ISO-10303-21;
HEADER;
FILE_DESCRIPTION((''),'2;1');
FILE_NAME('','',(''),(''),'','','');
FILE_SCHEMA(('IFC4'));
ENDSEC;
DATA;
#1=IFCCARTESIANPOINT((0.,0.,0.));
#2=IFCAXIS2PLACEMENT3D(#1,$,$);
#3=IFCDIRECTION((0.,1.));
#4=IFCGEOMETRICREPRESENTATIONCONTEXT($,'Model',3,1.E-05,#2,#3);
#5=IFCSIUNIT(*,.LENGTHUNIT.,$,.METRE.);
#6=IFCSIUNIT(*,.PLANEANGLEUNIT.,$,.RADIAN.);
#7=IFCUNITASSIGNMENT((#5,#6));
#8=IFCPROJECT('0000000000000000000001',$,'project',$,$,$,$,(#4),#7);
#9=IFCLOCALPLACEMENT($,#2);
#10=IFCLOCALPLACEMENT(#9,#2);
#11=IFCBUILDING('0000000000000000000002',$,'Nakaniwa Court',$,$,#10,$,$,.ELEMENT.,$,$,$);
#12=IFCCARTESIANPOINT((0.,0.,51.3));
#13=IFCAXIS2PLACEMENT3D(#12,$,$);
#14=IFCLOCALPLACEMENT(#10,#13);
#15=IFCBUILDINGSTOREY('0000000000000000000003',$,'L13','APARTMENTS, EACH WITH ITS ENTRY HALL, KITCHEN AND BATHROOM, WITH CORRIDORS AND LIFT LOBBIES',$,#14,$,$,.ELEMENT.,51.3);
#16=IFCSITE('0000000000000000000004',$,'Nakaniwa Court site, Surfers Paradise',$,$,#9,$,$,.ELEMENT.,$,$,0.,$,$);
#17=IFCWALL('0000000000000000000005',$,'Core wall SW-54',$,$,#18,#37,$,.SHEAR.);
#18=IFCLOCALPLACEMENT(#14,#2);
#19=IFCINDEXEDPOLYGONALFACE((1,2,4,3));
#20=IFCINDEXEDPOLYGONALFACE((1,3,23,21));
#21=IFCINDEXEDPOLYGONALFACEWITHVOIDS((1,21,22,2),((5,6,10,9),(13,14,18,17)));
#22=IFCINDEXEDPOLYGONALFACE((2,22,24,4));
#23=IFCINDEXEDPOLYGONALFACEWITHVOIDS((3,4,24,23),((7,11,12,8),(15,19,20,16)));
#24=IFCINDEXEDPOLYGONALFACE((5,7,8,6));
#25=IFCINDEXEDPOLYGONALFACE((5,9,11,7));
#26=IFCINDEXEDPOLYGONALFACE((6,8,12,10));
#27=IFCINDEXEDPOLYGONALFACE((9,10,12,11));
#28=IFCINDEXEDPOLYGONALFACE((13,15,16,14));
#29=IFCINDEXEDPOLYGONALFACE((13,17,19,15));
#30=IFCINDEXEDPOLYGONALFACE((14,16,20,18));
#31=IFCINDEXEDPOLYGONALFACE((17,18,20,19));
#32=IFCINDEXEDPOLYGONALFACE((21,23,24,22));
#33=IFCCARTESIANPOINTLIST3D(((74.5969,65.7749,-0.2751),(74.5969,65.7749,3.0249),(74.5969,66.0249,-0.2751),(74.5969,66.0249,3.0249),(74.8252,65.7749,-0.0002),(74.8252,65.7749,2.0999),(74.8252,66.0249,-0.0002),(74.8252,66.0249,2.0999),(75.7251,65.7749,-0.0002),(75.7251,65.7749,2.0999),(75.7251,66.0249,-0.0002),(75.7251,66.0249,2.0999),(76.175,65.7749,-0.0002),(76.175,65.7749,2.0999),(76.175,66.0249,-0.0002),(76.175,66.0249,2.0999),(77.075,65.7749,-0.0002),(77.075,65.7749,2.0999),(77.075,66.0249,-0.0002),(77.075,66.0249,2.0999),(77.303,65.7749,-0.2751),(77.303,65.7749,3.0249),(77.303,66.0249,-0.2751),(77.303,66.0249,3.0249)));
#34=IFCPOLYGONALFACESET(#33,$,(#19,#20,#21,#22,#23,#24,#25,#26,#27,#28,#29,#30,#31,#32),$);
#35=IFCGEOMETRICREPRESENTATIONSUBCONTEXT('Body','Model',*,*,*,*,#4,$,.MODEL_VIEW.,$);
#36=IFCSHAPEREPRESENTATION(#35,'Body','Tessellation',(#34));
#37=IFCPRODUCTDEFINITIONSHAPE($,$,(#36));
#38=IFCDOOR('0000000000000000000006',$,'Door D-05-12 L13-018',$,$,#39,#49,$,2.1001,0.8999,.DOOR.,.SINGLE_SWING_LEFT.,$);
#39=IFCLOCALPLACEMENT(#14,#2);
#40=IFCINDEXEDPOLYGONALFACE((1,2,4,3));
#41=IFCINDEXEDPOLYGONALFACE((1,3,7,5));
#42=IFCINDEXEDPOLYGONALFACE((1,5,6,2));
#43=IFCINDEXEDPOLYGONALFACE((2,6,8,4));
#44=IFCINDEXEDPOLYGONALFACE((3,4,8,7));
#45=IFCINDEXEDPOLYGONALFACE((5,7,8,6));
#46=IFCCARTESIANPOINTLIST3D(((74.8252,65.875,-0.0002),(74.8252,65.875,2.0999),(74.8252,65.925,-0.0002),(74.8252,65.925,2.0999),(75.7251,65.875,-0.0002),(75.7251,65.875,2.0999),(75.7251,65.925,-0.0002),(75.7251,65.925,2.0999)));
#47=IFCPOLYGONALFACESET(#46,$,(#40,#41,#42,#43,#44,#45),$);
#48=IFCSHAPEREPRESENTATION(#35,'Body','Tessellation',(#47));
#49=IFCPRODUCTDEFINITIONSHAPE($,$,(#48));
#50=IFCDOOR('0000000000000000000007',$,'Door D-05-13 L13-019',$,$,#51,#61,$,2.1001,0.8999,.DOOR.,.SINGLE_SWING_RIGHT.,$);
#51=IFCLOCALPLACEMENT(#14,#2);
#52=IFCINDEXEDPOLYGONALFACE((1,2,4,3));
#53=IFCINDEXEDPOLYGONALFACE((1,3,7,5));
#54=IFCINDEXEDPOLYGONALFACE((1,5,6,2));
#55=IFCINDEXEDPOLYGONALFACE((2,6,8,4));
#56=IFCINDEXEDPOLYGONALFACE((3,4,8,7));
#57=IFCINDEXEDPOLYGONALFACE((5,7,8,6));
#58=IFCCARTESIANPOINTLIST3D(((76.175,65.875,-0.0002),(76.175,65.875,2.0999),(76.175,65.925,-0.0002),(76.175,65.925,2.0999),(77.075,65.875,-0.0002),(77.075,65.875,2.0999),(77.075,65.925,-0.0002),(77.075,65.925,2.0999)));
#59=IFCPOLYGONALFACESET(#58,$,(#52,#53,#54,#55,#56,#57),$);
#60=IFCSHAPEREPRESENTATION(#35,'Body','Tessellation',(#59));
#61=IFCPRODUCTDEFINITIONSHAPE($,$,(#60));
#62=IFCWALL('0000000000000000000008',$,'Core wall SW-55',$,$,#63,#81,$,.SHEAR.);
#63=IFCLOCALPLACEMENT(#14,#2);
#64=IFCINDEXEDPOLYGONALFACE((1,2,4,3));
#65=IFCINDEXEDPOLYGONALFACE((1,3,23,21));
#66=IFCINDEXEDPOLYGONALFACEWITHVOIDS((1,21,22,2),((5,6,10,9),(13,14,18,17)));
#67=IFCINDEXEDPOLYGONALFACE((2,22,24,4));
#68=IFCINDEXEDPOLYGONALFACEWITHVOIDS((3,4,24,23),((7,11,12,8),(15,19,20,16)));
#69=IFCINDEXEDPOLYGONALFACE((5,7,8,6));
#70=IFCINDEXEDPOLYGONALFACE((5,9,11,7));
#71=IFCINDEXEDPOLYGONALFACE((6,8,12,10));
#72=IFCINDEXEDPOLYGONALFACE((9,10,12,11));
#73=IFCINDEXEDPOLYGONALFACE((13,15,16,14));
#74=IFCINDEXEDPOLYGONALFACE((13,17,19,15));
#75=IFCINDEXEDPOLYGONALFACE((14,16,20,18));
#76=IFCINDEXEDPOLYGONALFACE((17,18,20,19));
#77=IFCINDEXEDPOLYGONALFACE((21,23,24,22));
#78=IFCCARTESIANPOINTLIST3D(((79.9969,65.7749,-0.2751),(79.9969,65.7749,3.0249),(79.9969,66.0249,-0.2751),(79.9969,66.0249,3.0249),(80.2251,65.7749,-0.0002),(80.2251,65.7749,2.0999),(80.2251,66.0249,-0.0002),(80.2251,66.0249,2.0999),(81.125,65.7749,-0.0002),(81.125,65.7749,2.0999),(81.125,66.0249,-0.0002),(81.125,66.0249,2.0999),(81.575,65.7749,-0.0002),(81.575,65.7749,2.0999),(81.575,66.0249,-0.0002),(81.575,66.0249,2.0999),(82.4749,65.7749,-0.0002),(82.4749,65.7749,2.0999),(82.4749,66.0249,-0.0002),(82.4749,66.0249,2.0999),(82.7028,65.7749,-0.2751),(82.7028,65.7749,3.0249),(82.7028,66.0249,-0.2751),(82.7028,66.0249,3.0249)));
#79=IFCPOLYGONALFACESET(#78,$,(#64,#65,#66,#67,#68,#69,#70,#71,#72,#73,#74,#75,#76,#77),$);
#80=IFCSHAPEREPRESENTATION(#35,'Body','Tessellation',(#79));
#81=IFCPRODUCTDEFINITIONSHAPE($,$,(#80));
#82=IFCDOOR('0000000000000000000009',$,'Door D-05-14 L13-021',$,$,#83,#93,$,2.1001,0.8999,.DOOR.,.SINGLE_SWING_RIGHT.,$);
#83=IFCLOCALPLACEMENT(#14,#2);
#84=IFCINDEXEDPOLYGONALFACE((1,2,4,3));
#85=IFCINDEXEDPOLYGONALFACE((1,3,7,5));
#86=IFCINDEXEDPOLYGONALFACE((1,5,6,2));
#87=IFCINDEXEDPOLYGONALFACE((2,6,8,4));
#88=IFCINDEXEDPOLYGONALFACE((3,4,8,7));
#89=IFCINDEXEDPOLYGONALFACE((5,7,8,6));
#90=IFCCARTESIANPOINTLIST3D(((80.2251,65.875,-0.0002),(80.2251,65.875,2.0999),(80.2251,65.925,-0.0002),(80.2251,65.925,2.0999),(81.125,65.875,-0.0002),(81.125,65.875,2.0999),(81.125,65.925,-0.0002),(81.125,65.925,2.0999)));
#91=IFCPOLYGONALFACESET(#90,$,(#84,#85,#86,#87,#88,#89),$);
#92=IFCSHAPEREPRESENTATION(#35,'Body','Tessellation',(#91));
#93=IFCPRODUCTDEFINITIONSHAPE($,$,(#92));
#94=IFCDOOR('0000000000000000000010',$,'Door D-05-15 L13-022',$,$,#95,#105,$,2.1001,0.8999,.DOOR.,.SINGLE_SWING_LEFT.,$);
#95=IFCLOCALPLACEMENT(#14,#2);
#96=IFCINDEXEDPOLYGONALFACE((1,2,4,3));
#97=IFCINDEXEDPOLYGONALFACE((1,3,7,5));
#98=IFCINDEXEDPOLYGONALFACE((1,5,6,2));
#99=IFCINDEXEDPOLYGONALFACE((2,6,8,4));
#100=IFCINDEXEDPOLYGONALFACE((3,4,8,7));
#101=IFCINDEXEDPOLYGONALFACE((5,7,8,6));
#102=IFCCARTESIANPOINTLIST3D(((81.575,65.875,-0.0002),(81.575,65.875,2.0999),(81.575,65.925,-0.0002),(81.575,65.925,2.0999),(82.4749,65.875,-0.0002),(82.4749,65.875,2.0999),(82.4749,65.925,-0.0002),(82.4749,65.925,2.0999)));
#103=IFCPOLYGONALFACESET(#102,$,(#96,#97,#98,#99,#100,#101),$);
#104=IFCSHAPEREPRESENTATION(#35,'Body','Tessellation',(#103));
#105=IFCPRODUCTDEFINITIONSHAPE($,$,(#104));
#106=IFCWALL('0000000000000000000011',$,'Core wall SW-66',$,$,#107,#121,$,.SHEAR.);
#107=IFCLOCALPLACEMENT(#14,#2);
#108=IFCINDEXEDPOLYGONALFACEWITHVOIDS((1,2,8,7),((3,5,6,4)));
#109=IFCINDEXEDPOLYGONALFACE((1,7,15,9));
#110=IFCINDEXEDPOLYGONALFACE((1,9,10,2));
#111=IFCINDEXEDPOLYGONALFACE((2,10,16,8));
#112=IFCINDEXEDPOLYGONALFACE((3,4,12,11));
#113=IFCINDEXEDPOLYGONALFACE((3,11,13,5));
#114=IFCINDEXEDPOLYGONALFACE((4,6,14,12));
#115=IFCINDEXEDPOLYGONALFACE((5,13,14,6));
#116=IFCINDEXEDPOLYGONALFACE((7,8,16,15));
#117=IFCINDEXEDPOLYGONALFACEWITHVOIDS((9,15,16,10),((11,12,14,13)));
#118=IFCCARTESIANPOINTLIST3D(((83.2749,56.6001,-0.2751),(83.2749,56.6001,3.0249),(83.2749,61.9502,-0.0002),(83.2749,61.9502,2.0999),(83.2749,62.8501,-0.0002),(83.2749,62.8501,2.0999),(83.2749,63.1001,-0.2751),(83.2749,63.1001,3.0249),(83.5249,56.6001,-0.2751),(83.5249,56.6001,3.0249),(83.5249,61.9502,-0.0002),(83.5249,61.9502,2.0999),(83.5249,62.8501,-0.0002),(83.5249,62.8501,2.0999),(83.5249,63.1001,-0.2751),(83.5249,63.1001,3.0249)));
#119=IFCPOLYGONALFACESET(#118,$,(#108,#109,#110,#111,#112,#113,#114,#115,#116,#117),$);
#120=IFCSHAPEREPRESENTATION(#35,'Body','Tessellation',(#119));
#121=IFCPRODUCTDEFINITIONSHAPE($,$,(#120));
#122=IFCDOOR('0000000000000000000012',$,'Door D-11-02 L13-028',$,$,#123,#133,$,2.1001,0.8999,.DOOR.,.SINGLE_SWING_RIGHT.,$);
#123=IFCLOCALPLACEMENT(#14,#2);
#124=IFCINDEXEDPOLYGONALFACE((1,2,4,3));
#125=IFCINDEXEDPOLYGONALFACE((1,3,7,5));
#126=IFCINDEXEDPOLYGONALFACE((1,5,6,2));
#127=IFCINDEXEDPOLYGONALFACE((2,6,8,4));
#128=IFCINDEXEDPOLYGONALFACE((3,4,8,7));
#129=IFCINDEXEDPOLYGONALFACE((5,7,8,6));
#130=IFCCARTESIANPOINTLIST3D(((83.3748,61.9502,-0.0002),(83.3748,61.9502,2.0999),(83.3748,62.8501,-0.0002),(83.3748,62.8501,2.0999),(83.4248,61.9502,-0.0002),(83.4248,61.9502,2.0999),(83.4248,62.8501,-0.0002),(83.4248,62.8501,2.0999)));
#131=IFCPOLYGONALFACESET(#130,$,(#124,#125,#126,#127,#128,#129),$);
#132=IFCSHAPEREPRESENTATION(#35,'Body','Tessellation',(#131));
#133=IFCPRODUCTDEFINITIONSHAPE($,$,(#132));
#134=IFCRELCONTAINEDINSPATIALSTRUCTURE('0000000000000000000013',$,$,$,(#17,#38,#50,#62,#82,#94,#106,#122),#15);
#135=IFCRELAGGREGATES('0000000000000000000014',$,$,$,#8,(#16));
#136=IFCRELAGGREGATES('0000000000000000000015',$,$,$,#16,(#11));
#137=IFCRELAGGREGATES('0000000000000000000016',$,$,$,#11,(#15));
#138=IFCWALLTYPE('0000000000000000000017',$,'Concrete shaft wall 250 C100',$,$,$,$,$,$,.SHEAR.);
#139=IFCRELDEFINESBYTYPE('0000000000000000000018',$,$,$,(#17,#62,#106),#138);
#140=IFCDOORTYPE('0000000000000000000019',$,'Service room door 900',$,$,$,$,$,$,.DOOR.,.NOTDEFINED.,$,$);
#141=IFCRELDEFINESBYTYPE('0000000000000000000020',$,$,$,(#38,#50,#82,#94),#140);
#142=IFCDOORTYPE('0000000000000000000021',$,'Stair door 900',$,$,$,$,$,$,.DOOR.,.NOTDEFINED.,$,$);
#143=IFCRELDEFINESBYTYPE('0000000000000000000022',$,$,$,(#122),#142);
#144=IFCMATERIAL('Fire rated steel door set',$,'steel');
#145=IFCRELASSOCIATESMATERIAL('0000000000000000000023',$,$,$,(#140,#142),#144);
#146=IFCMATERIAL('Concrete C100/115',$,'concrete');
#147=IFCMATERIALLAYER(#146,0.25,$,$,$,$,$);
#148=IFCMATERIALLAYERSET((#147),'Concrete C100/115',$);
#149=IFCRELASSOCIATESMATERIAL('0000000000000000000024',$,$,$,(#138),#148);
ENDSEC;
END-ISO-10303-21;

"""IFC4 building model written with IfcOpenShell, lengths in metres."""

from ifc_helpers import new_model, si_unit, direction, frame, frame_2d, origin, place, context, subcontext, project, spatial, rectangle, extrude, material, layer, layer_set, type_object, element, fill, save


model = new_model("IFC4")

# Units and contexts
model_context = context("Model", 3, precision=1e-05, world=origin(), true_north=direction((0.0, 1.0)))
body_context = subcontext(model_context, "Body", "Model", "MODEL_VIEW")
ifc_project = project(units=[si_unit("LENGTHUNIT", "METRE"), si_unit("PLANEANGLEUNIT", "RADIAN")], contexts=[model_context])

# Site, building, storey
site_placement = place(None, origin())
site = spatial("IfcSite", under=ifc_project, at=site_placement, Name="Nakaniwa Court site, Surfers Paradise", CompositionType="ELEMENT", RefElevation=0.0)
building_placement = place(site_placement, origin())
building = spatial("IfcBuilding", under=site, at=building_placement, Name="Nakaniwa Court", CompositionType="ELEMENT")
storey_placement = place(building_placement, frame((0.0, 0.0, 51.3)))
storey = spatial("IfcBuildingStorey", under=building, at=storey_placement, Name="L13", Description="APARTMENTS, EACH WITH ITS ENTRY HALL, KITCHEN AND BATHROOM, WITH CORRIDORS AND LIFT LOBBIES", CompositionType="ELEMENT", Elevation=51.3)

# Shared definitions
ifc_material_1 = material(Name="Fire rated steel door set", Category="steel")
door_type_1 = type_object("IfcDoorType", Name="Service room door 900", OperationType="NOTDEFINED", PredefinedType="DOOR", material=ifc_material_1)

# Shared definitions
ifc_material_2 = material(Name="Concrete C100/115", Category="concrete")
ifc_layer_1 = layer(ifc_material_2, 0.25)
ifc_layer_set_1 = layer_set([ifc_layer_1], Name="Concrete C100/115")
wall_type_1 = type_object("IfcWallType", Name="Concrete shaft wall 250 C100", PredefinedType="SHEAR", material=ifc_layer_set_1)

# Walls, openings, doors
wall_1_placement = place(storey_placement, frame((77.303, 65.8999, -0.2751), z_axis=(0.0, 0.0, 1.0), x_axis=(-1.0, 0.0, 0.0)))
wall_1 = element("IfcWall", 1, at=wall_1_placement, inside=storey, type_object=wall_type_1, Name="Core wall SW-54", PredefinedType="SHEAR", context=body_context, shape_type="SweptSolid", body=[
    extrude(rectangle(XDim=2.7061, YDim=0.25, at=frame_2d((1.353, 0.0))), origin(), (0.0, 0.0, 1.0), 3.3),
])
opening_1_placement = place(wall_1_placement, frame((1.5779, 0.0, 0.2749)))
opening_1 = element("IfcOpeningElement", 2, at=opening_1_placement, cuts=wall_1, PredefinedType="OPENING", context=body_context, shape_type="SweptSolid", body=[
    extrude(rectangle(XDim=0.8999, YDim=2.1001, at=frame_2d((0.45, 1.05))), frame((0.0, 0.135, 0.0), z_axis=(0.0, -1.0, 0.0), x_axis=(1.0, 0.0, 0.0)), (0.0, 0.0, 1.0), 0.27),
])
opening_2_placement = place(wall_1_placement, frame((0.228, 0.0, 0.2749)))
opening_2 = element("IfcOpeningElement", 3, at=opening_2_placement, cuts=wall_1, PredefinedType="OPENING", context=body_context, shape_type="SweptSolid", body=[
    extrude(rectangle(XDim=0.8999, YDim=2.1001, at=frame_2d((0.45, 1.05))), frame((0.0, 0.135, 0.0), z_axis=(0.0, -1.0, 0.0), x_axis=(1.0, 0.0, 0.0)), (0.0, 0.0, 1.0), 0.27),
])
door_1_placement = place(opening_1_placement, origin())
door_1 = element("IfcDoor", 4, at=door_1_placement, inside=storey, type_object=door_type_1, Name="Door D-05-12 L13-018", OperationType="SINGLE_SWING_LEFT", OverallHeight=2.1001, OverallWidth=0.8999, PredefinedType="DOOR", context=body_context, shape_type="SweptSolid", body=[
    extrude(rectangle(XDim=0.8999, YDim=2.1001, at=frame_2d((0.45, 1.05))), frame((0.0, 0.0249, 0.0), z_axis=(0.0, -1.0, 0.0), x_axis=(1.0, 0.0, 0.0)), (0.0, 0.0, 1.0), 0.05),
])
fill(opening_1, door_1)
door_2_placement = place(opening_2_placement, origin())
door_2 = element("IfcDoor", 5, at=door_2_placement, inside=storey, type_object=door_type_1, Name="Door D-05-13 L13-019", OperationType="SINGLE_SWING_RIGHT", OverallHeight=2.1001, OverallWidth=0.8999, PredefinedType="DOOR", context=body_context, shape_type="SweptSolid", body=[
    extrude(rectangle(XDim=0.8999, YDim=2.1001, at=frame_2d((0.45, 1.05))), frame((0.0, 0.0249, 0.0), z_axis=(0.0, -1.0, 0.0), x_axis=(1.0, 0.0, 0.0)), (0.0, 0.0, 1.0), 0.05),
])
fill(opening_2, door_2)
wall_2_placement = place(storey_placement, frame((82.7029, 65.8999, -0.2751), z_axis=(0.0, 0.0, 1.0), x_axis=(-1.0, 0.0, 0.0)))
wall_2 = element("IfcWall", 6, at=wall_2_placement, inside=storey, type_object=wall_type_1, Name="Core wall SW-55", PredefinedType="SHEAR", context=body_context, shape_type="SweptSolid", body=[
    extrude(rectangle(XDim=2.7058, YDim=0.25, at=frame_2d((1.353, 0.0))), origin(), (0.0, 0.0, 1.0), 3.3),
])
opening_3_placement = place(wall_2_placement, frame((1.5779, 0.0, 0.2749)))
opening_3 = element("IfcOpeningElement", 7, at=opening_3_placement, cuts=wall_2, PredefinedType="OPENING", context=body_context, shape_type="SweptSolid", body=[
    extrude(rectangle(XDim=0.8999, YDim=2.1001, at=frame_2d((0.45, 1.05))), frame((0.0, 0.135, 0.0), z_axis=(0.0, -1.0, 0.0), x_axis=(1.0, 0.0, 0.0)), (0.0, 0.0, 1.0), 0.27),
])
opening_4_placement = place(wall_2_placement, frame((0.228, 0.0, 0.2749)))
opening_4 = element("IfcOpeningElement", 8, at=opening_4_placement, cuts=wall_2, PredefinedType="OPENING", context=body_context, shape_type="SweptSolid", body=[
    extrude(rectangle(XDim=0.8999, YDim=2.1001, at=frame_2d((0.45, 1.05))), frame((0.0, 0.135, 0.0), z_axis=(0.0, -1.0, 0.0), x_axis=(1.0, 0.0, 0.0)), (0.0, 0.0, 1.0), 0.27),
])
door_3_placement = place(opening_3_placement, origin())
door_3 = element("IfcDoor", 9, at=door_3_placement, inside=storey, type_object=door_type_1, Name="Door D-05-14 L13-021", OperationType="SINGLE_SWING_RIGHT", OverallHeight=2.1001, OverallWidth=0.8999, PredefinedType="DOOR", context=body_context, shape_type="SweptSolid", body=[
    extrude(rectangle(XDim=0.8999, YDim=2.1001, at=frame_2d((0.45, 1.05))), frame((0.0, 0.0249, 0.0), z_axis=(0.0, -1.0, 0.0), x_axis=(1.0, 0.0, 0.0)), (0.0, 0.0, 1.0), 0.05),
])
fill(opening_3, door_3)
door_4_placement = place(opening_4_placement, origin())
door_4 = element("IfcDoor", 10, at=door_4_placement, inside=storey, type_object=door_type_1, Name="Door D-05-15 L13-022", OperationType="SINGLE_SWING_LEFT", OverallHeight=2.1001, OverallWidth=0.8999, PredefinedType="DOOR", context=body_context, shape_type="SweptSolid", body=[
    extrude(rectangle(XDim=0.8999, YDim=2.1001, at=frame_2d((0.45, 1.05))), frame((0.0, 0.0249, 0.0), z_axis=(0.0, -1.0, 0.0), x_axis=(1.0, 0.0, 0.0)), (0.0, 0.0, 1.0), 0.05),
])
fill(opening_4, door_4)

# Wall, opening, door
wall_3_placement = place(storey_placement, frame((83.3999, 63.1001, -0.2751), z_axis=(0.0, 0.0, 1.0), x_axis=(0.0, -1.0, 0.0)))
wall_3 = element("IfcWall", 11, at=wall_3_placement, inside=storey, type_object=wall_type_1, Name="Core wall SW-66", PredefinedType="SHEAR", context=body_context, shape_type="SweptSolid", body=[
    extrude(rectangle(XDim=6.5, YDim=0.25, at=frame_2d((3.25, 0.0))), origin(), (0.0, 0.0, 1.0), 3.3),
])
opening_5_placement = place(wall_3_placement, frame((0.25, 0.0, 0.2749)))
opening_5 = element("IfcOpeningElement", 12, at=opening_5_placement, cuts=wall_3, PredefinedType="OPENING", context=body_context, shape_type="SweptSolid", body=[
    extrude(rectangle(XDim=0.8999, YDim=2.1001, at=frame_2d((0.45, 1.05))), frame((0.0, 0.135, 0.0), z_axis=(0.0, -1.0, 0.0), x_axis=(1.0, 0.0, 0.0)), (0.0, 0.0, 1.0), 0.27),
])
door_type_2 = type_object("IfcDoorType", Name="Stair door 900", OperationType="NOTDEFINED", PredefinedType="DOOR", material=ifc_material_1)
door_5_placement = place(opening_5_placement, origin())
door_5 = element("IfcDoor", 13, at=door_5_placement, inside=storey, type_object=door_type_2, Name="Door D-11-02 L13-028", OperationType="SINGLE_SWING_RIGHT", OverallHeight=2.1001, OverallWidth=0.8999, PredefinedType="DOOR", context=body_context, shape_type="SweptSolid", body=[
    extrude(rectangle(XDim=0.8999, YDim=2.1001, at=frame_2d((0.45, 1.05))), frame((0.0, 0.0249, 0.0), z_axis=(0.0, -1.0, 0.0), x_axis=(1.0, 0.0, 0.0)), (0.0, 0.0, 1.0), 0.05),
])
fill(opening_5, door_5)

save(model, "model.ifc")
